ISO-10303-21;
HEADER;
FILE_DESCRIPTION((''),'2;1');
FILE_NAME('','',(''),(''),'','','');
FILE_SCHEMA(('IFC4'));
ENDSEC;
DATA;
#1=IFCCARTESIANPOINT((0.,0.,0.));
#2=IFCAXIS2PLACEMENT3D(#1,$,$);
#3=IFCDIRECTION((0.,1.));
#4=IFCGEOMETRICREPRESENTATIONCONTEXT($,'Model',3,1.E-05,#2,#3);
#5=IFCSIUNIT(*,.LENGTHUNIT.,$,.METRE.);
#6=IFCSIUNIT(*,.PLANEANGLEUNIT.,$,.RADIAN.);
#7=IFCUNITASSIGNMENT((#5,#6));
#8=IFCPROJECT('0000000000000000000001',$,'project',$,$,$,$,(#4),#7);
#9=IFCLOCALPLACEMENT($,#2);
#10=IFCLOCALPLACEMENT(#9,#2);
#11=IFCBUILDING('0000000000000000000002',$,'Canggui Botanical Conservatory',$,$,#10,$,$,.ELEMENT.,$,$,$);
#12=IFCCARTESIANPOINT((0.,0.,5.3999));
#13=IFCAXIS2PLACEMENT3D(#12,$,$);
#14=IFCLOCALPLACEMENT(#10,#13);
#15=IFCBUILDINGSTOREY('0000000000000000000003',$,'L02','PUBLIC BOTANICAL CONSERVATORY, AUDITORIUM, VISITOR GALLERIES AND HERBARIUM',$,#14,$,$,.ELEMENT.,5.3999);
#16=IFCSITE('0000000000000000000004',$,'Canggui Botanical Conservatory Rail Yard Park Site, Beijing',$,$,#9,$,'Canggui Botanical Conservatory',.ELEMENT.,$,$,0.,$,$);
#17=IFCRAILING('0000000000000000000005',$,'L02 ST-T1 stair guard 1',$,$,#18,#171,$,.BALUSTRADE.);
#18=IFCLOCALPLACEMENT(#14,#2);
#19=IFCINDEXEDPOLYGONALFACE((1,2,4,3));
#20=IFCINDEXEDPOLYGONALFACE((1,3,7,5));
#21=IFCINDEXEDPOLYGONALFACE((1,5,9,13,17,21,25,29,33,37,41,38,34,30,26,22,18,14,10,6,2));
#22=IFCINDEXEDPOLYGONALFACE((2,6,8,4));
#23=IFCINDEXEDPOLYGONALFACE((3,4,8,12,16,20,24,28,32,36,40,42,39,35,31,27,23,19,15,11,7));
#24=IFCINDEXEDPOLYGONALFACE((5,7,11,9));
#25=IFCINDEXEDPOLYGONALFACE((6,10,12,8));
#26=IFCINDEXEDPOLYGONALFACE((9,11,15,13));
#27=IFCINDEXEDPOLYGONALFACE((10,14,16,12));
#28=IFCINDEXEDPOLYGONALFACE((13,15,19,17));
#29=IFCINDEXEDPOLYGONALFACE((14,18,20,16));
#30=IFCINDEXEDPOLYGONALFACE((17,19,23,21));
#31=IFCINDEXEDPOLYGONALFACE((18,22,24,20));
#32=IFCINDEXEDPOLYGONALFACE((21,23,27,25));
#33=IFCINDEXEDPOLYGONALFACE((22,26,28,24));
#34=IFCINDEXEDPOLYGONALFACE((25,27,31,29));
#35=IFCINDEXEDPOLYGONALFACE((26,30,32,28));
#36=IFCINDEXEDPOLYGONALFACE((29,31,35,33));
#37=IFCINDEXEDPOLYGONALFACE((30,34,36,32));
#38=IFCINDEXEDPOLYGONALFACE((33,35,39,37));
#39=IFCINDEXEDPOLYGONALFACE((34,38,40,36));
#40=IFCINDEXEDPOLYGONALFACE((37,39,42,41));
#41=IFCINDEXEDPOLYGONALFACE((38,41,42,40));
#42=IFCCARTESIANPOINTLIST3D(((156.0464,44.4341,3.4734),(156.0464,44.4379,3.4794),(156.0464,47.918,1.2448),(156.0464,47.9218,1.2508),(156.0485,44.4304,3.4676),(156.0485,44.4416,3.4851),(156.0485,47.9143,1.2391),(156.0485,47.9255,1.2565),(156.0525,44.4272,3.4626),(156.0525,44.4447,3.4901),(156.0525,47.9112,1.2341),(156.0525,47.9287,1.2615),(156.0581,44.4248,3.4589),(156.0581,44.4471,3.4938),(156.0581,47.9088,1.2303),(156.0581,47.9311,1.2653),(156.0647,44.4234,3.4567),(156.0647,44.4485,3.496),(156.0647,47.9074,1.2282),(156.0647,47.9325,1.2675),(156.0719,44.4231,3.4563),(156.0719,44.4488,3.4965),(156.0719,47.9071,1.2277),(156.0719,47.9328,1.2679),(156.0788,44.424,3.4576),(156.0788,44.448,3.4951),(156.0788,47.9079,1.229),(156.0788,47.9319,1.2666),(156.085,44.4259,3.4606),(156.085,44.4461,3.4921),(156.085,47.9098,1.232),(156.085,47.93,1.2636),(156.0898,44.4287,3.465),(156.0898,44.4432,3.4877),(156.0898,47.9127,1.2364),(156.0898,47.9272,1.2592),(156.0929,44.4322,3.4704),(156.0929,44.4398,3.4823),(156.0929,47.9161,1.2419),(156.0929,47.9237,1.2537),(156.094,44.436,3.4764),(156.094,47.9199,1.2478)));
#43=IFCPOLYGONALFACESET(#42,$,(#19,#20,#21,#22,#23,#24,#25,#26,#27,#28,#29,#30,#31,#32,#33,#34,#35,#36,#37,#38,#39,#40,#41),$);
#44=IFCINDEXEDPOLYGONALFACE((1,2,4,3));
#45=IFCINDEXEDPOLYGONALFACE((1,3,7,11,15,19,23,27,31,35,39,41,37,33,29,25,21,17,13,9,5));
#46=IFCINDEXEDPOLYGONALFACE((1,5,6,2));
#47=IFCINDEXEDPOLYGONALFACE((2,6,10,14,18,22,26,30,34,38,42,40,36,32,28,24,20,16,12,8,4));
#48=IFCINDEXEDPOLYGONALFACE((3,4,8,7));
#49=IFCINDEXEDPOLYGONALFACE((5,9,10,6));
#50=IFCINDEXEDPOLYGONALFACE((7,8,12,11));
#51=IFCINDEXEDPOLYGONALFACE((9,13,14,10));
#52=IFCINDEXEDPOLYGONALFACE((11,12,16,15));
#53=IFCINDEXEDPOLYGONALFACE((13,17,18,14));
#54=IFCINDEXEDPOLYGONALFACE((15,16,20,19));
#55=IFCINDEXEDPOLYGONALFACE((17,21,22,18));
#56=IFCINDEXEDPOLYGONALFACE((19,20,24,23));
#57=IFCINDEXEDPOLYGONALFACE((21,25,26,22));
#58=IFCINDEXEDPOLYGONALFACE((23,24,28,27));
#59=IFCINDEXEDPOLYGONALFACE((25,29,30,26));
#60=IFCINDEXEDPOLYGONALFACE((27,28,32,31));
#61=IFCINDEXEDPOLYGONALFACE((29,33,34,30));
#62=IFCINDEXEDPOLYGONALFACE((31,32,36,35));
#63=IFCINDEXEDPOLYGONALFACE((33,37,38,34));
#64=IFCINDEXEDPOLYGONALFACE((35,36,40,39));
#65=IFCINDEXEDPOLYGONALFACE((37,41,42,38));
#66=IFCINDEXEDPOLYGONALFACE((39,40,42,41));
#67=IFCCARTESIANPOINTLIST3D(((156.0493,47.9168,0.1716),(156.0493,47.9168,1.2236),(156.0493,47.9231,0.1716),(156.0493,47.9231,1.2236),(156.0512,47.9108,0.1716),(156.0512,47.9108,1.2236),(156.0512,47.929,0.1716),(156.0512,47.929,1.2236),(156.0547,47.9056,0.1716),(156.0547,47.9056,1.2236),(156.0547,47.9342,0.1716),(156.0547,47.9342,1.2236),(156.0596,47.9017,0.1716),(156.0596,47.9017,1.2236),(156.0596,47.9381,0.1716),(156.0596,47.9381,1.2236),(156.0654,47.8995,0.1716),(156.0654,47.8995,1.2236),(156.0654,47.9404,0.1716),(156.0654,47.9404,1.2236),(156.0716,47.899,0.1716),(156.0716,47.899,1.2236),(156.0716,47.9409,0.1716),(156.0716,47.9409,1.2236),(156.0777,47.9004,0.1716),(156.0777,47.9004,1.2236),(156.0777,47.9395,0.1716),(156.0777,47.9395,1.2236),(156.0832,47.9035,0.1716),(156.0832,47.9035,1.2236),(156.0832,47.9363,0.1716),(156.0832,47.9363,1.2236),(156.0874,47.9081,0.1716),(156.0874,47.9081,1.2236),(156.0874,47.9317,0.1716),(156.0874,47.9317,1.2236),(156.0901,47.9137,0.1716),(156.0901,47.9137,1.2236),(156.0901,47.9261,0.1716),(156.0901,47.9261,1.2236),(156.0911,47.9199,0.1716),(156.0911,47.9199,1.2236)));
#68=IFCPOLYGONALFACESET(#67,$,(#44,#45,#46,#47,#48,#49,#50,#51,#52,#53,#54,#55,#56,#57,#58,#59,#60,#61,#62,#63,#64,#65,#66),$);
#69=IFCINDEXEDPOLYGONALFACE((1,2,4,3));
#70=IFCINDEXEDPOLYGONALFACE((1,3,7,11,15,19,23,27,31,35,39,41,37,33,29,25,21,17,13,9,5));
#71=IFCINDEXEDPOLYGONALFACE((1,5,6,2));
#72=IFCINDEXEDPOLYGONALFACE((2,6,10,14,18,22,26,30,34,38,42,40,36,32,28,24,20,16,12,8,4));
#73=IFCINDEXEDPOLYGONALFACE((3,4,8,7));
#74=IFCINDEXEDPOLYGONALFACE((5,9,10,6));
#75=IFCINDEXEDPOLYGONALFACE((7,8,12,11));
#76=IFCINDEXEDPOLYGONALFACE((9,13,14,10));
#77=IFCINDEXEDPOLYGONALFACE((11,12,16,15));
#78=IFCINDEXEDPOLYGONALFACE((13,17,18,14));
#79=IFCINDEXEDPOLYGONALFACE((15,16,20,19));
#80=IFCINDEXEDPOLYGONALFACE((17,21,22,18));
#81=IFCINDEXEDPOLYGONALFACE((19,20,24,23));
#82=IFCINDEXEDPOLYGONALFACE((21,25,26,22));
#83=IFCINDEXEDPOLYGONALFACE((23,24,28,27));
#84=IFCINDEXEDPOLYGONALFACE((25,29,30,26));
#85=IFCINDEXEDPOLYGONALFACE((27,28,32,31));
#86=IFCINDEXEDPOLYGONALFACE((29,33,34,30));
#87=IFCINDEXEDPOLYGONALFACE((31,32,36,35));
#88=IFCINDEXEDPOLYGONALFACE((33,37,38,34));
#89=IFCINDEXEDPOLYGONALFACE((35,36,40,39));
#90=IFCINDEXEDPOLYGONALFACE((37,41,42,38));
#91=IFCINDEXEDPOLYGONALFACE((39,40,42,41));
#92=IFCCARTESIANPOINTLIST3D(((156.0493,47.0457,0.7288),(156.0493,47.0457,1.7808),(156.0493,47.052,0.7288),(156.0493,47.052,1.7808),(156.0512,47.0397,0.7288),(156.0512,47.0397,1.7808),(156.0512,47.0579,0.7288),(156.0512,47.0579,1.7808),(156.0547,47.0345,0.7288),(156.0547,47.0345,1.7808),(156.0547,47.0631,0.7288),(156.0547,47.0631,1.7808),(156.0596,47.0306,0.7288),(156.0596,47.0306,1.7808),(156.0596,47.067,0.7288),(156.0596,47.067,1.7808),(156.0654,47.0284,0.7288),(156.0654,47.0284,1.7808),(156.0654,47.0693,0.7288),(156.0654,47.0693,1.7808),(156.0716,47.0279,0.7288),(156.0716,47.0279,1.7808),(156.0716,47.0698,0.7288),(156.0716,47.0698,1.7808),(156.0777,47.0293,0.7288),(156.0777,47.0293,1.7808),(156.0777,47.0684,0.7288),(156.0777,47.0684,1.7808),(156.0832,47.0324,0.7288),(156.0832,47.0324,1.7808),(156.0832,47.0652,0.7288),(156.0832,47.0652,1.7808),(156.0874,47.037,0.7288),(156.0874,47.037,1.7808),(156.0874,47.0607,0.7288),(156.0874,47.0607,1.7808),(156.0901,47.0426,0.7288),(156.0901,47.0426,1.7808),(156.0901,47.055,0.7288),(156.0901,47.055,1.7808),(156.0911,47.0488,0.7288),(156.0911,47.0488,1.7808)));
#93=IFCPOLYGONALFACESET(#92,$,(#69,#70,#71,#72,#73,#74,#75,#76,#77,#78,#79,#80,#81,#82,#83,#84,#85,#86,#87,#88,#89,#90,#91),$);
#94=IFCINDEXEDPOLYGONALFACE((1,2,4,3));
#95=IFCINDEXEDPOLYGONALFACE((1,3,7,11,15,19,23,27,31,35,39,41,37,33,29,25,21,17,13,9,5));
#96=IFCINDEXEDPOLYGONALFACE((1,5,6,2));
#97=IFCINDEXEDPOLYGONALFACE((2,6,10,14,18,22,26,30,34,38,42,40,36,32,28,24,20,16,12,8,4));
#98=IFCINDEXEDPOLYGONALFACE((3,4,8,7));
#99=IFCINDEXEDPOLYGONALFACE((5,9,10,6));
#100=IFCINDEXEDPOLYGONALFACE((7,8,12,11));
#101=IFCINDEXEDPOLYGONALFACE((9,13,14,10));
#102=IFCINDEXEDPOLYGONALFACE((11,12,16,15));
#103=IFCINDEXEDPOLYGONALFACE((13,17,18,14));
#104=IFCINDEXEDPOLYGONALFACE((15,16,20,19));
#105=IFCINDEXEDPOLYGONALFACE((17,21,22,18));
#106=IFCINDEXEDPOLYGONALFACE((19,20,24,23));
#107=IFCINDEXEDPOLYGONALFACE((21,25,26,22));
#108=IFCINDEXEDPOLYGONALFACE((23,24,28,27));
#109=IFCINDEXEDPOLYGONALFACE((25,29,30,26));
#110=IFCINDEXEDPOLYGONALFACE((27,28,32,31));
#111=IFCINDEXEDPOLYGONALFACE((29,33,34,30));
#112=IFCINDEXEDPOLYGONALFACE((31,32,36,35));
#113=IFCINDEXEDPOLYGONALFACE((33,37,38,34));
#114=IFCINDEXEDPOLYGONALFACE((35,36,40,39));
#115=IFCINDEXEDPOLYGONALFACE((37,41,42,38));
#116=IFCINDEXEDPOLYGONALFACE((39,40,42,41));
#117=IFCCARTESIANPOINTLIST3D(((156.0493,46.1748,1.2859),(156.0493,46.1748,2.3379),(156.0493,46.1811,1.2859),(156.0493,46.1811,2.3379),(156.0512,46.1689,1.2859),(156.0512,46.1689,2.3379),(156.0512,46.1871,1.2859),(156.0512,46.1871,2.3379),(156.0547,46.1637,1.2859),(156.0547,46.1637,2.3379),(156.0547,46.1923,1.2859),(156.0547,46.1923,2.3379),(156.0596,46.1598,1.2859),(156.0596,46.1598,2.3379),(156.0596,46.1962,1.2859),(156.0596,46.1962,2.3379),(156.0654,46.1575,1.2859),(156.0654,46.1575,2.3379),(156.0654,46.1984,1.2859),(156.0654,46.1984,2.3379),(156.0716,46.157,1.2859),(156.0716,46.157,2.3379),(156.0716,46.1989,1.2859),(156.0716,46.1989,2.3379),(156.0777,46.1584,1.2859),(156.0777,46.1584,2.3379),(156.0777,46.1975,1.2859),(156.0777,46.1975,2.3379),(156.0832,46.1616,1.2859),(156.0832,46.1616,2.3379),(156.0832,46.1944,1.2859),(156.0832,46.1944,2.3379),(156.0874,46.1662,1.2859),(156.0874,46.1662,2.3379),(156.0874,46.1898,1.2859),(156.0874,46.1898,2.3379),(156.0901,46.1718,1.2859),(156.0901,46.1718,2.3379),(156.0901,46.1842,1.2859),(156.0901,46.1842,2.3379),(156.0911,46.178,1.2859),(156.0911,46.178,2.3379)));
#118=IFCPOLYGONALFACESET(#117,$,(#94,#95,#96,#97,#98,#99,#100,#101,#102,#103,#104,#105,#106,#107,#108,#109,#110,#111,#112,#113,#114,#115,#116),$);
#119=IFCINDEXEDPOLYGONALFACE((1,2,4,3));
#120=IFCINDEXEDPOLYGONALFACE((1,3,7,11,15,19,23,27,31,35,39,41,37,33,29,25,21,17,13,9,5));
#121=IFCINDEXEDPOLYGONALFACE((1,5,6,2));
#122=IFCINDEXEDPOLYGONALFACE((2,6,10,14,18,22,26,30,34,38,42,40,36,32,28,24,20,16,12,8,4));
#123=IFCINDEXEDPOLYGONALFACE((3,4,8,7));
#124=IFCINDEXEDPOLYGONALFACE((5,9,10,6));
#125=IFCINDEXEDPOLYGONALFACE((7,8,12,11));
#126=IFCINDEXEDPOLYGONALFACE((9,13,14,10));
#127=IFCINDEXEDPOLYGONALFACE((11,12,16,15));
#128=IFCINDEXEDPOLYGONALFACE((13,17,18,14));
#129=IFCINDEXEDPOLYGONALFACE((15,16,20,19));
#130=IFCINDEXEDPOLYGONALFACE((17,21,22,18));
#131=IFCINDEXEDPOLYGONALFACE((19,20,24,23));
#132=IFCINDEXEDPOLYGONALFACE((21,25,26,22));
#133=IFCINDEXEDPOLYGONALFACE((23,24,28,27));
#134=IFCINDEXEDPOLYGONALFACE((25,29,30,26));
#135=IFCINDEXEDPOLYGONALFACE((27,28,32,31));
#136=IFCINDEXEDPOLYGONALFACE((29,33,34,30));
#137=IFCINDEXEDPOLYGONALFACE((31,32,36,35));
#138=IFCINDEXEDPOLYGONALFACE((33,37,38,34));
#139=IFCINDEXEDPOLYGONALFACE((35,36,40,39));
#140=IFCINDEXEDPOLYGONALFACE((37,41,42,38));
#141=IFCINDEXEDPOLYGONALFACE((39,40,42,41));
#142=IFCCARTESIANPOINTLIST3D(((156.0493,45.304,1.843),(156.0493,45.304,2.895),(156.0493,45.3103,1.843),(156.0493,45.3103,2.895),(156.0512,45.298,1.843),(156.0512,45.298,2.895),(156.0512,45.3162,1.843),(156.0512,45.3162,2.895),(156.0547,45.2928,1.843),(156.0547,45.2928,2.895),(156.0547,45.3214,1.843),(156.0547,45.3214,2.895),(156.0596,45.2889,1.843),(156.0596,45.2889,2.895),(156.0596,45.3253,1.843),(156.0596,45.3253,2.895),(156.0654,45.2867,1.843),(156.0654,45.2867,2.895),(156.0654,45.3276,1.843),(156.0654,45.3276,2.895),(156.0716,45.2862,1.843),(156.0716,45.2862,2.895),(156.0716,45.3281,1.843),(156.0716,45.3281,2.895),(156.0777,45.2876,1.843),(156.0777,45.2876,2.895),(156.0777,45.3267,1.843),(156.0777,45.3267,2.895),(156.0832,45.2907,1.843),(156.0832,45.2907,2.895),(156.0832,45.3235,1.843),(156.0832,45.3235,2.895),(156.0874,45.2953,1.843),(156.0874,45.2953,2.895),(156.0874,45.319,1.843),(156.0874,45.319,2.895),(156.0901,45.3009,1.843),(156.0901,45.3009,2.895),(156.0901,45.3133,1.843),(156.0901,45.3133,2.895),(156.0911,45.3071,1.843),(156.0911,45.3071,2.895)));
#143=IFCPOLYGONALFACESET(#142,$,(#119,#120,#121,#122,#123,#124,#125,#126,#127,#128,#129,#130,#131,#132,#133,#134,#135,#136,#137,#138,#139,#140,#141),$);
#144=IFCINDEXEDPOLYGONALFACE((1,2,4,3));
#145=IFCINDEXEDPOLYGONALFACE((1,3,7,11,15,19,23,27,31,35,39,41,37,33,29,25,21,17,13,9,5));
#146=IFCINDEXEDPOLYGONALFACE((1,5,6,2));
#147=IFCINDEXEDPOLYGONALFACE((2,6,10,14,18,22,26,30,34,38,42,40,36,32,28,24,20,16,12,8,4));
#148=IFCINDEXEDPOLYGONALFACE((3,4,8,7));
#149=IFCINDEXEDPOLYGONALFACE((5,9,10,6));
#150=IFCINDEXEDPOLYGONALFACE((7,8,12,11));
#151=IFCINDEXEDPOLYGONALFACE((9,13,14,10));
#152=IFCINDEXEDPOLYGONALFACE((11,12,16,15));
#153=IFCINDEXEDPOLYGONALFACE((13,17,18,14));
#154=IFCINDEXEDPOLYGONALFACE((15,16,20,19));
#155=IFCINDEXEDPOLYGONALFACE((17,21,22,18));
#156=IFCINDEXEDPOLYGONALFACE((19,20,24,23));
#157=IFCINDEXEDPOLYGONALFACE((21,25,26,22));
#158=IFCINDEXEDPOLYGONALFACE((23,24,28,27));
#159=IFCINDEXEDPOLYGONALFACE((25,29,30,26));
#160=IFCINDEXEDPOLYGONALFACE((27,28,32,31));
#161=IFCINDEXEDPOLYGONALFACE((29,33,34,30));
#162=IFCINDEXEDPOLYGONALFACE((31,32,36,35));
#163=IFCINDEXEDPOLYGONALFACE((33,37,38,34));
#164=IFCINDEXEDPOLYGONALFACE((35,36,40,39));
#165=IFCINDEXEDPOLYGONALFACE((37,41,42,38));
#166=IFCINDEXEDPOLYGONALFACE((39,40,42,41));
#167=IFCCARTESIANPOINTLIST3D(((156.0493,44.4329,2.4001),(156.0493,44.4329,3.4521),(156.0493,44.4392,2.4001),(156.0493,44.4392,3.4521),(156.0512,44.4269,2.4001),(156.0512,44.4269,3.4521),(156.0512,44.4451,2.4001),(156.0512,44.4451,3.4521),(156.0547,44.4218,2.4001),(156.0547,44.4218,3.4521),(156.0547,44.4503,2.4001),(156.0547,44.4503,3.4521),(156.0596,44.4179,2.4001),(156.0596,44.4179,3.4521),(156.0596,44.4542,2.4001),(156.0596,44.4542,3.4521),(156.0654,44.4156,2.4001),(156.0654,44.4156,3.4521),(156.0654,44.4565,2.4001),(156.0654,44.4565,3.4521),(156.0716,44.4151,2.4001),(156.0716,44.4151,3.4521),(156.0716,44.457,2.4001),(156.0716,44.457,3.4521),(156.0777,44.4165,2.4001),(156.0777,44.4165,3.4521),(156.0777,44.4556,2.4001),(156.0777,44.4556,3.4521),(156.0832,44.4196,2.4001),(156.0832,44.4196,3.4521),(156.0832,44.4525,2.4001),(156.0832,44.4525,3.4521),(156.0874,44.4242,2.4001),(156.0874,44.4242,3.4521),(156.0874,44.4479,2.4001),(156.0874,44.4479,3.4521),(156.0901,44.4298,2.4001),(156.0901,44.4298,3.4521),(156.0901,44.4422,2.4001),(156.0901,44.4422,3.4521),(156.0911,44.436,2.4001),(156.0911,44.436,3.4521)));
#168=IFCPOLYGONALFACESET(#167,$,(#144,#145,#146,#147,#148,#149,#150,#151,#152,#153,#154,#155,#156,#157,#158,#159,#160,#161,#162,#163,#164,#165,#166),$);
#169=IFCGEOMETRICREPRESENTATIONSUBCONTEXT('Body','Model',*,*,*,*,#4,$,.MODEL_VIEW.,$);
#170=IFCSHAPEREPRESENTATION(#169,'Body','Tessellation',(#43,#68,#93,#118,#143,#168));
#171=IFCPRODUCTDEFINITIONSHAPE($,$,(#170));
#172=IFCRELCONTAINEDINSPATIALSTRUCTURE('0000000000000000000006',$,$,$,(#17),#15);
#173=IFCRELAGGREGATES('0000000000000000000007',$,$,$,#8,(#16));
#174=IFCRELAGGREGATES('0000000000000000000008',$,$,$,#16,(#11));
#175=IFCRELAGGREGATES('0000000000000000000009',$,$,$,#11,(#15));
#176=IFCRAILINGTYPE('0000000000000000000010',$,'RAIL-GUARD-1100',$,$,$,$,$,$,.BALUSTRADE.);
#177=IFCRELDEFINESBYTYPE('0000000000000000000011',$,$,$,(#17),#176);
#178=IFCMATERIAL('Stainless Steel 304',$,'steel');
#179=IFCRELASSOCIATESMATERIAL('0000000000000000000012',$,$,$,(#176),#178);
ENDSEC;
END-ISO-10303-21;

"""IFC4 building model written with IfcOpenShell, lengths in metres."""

from ifc_helpers import new_model, si_unit, direction, frame, origin, origin_2d, place, context, subcontext, project, spatial, circle, extrude, material, type_object, element, save


model = new_model("IFC4")

# Units and contexts
model_context = context("Model", 3, precision=1e-05, world=origin(), true_north=direction((0.0, 1.0)))
body_context = subcontext(model_context, "Body", "Model", "MODEL_VIEW")
ifc_project = project(units=[si_unit("LENGTHUNIT", "METRE"), si_unit("PLANEANGLEUNIT", "RADIAN")], contexts=[model_context])

# Site, building, storey
site_placement = place(None, origin())
site = spatial("IfcSite", under=ifc_project, at=site_placement, Name="Canggui Botanical Conservatory Rail Yard Park Site, Beijing", LongName="Canggui Botanical Conservatory", CompositionType="ELEMENT", RefElevation=0.0)
building_placement = place(site_placement, origin())
building = spatial("IfcBuilding", under=site, at=building_placement, Name="Canggui Botanical Conservatory", CompositionType="ELEMENT")
storey_placement = place(building_placement, frame((0.0, 0.0, 5.3999)))
storey = spatial("IfcBuildingStorey", under=building, at=storey_placement, Name="L02", Description="PUBLIC BOTANICAL CONSERVATORY, AUDITORIUM, VISITOR GALLERIES AND HERBARIUM", CompositionType="ELEMENT", Elevation=5.3999)

# Railing
ifc_material_1 = material(Name="Stainless Steel 304", Category="steel")
railing_type_1 = type_object("IfcRailingType", Name="RAIL-GUARD-1100", PredefinedType="BALUSTRADE", material=ifc_material_1)
railing_1_placement = place(storey_placement, frame((156.0701, 47.9199, 0.1716)))
element("IfcRailing", 1, at=railing_1_placement, inside=storey, type_object=railing_type_1, Name="L02 ST-T1 stair guard 1", PredefinedType="BALUSTRADE", context=body_context, shape_type="SweptSolid", body=[
    extrude(circle(Radius=0.0239, at=origin_2d()), frame((0.0, 0.0, 1.0762), z_axis=(0.0, -0.8424, 0.538853), x_axis=(1.0, 0.0, 0.0)), (0.0, 0.0, 1.0), 4.1357),
    extrude(circle(Radius=0.021, at=origin_2d()), origin(), (0.0, 0.0, 1.0), 1.052),
    extrude(circle(Radius=0.021, at=origin_2d()), frame((0.0, -0.8711, 0.5571)), (0.0, 0.0, 1.0), 1.052),
    extrude(circle(Radius=0.021, at=origin_2d()), frame((0.0, -1.7419, 1.1143)), (0.0, 0.0, 1.0), 1.052),
    extrude(circle(Radius=0.021, at=origin_2d()), frame((0.0, -2.6128, 1.6714)), (0.0, 0.0, 1.0), 1.052),
    extrude(circle(Radius=0.021, at=origin_2d()), frame((0.0, -3.4839, 2.2285)), (0.0, 0.0, 1.0), 1.052),
])

save(model, "model.ifc")
